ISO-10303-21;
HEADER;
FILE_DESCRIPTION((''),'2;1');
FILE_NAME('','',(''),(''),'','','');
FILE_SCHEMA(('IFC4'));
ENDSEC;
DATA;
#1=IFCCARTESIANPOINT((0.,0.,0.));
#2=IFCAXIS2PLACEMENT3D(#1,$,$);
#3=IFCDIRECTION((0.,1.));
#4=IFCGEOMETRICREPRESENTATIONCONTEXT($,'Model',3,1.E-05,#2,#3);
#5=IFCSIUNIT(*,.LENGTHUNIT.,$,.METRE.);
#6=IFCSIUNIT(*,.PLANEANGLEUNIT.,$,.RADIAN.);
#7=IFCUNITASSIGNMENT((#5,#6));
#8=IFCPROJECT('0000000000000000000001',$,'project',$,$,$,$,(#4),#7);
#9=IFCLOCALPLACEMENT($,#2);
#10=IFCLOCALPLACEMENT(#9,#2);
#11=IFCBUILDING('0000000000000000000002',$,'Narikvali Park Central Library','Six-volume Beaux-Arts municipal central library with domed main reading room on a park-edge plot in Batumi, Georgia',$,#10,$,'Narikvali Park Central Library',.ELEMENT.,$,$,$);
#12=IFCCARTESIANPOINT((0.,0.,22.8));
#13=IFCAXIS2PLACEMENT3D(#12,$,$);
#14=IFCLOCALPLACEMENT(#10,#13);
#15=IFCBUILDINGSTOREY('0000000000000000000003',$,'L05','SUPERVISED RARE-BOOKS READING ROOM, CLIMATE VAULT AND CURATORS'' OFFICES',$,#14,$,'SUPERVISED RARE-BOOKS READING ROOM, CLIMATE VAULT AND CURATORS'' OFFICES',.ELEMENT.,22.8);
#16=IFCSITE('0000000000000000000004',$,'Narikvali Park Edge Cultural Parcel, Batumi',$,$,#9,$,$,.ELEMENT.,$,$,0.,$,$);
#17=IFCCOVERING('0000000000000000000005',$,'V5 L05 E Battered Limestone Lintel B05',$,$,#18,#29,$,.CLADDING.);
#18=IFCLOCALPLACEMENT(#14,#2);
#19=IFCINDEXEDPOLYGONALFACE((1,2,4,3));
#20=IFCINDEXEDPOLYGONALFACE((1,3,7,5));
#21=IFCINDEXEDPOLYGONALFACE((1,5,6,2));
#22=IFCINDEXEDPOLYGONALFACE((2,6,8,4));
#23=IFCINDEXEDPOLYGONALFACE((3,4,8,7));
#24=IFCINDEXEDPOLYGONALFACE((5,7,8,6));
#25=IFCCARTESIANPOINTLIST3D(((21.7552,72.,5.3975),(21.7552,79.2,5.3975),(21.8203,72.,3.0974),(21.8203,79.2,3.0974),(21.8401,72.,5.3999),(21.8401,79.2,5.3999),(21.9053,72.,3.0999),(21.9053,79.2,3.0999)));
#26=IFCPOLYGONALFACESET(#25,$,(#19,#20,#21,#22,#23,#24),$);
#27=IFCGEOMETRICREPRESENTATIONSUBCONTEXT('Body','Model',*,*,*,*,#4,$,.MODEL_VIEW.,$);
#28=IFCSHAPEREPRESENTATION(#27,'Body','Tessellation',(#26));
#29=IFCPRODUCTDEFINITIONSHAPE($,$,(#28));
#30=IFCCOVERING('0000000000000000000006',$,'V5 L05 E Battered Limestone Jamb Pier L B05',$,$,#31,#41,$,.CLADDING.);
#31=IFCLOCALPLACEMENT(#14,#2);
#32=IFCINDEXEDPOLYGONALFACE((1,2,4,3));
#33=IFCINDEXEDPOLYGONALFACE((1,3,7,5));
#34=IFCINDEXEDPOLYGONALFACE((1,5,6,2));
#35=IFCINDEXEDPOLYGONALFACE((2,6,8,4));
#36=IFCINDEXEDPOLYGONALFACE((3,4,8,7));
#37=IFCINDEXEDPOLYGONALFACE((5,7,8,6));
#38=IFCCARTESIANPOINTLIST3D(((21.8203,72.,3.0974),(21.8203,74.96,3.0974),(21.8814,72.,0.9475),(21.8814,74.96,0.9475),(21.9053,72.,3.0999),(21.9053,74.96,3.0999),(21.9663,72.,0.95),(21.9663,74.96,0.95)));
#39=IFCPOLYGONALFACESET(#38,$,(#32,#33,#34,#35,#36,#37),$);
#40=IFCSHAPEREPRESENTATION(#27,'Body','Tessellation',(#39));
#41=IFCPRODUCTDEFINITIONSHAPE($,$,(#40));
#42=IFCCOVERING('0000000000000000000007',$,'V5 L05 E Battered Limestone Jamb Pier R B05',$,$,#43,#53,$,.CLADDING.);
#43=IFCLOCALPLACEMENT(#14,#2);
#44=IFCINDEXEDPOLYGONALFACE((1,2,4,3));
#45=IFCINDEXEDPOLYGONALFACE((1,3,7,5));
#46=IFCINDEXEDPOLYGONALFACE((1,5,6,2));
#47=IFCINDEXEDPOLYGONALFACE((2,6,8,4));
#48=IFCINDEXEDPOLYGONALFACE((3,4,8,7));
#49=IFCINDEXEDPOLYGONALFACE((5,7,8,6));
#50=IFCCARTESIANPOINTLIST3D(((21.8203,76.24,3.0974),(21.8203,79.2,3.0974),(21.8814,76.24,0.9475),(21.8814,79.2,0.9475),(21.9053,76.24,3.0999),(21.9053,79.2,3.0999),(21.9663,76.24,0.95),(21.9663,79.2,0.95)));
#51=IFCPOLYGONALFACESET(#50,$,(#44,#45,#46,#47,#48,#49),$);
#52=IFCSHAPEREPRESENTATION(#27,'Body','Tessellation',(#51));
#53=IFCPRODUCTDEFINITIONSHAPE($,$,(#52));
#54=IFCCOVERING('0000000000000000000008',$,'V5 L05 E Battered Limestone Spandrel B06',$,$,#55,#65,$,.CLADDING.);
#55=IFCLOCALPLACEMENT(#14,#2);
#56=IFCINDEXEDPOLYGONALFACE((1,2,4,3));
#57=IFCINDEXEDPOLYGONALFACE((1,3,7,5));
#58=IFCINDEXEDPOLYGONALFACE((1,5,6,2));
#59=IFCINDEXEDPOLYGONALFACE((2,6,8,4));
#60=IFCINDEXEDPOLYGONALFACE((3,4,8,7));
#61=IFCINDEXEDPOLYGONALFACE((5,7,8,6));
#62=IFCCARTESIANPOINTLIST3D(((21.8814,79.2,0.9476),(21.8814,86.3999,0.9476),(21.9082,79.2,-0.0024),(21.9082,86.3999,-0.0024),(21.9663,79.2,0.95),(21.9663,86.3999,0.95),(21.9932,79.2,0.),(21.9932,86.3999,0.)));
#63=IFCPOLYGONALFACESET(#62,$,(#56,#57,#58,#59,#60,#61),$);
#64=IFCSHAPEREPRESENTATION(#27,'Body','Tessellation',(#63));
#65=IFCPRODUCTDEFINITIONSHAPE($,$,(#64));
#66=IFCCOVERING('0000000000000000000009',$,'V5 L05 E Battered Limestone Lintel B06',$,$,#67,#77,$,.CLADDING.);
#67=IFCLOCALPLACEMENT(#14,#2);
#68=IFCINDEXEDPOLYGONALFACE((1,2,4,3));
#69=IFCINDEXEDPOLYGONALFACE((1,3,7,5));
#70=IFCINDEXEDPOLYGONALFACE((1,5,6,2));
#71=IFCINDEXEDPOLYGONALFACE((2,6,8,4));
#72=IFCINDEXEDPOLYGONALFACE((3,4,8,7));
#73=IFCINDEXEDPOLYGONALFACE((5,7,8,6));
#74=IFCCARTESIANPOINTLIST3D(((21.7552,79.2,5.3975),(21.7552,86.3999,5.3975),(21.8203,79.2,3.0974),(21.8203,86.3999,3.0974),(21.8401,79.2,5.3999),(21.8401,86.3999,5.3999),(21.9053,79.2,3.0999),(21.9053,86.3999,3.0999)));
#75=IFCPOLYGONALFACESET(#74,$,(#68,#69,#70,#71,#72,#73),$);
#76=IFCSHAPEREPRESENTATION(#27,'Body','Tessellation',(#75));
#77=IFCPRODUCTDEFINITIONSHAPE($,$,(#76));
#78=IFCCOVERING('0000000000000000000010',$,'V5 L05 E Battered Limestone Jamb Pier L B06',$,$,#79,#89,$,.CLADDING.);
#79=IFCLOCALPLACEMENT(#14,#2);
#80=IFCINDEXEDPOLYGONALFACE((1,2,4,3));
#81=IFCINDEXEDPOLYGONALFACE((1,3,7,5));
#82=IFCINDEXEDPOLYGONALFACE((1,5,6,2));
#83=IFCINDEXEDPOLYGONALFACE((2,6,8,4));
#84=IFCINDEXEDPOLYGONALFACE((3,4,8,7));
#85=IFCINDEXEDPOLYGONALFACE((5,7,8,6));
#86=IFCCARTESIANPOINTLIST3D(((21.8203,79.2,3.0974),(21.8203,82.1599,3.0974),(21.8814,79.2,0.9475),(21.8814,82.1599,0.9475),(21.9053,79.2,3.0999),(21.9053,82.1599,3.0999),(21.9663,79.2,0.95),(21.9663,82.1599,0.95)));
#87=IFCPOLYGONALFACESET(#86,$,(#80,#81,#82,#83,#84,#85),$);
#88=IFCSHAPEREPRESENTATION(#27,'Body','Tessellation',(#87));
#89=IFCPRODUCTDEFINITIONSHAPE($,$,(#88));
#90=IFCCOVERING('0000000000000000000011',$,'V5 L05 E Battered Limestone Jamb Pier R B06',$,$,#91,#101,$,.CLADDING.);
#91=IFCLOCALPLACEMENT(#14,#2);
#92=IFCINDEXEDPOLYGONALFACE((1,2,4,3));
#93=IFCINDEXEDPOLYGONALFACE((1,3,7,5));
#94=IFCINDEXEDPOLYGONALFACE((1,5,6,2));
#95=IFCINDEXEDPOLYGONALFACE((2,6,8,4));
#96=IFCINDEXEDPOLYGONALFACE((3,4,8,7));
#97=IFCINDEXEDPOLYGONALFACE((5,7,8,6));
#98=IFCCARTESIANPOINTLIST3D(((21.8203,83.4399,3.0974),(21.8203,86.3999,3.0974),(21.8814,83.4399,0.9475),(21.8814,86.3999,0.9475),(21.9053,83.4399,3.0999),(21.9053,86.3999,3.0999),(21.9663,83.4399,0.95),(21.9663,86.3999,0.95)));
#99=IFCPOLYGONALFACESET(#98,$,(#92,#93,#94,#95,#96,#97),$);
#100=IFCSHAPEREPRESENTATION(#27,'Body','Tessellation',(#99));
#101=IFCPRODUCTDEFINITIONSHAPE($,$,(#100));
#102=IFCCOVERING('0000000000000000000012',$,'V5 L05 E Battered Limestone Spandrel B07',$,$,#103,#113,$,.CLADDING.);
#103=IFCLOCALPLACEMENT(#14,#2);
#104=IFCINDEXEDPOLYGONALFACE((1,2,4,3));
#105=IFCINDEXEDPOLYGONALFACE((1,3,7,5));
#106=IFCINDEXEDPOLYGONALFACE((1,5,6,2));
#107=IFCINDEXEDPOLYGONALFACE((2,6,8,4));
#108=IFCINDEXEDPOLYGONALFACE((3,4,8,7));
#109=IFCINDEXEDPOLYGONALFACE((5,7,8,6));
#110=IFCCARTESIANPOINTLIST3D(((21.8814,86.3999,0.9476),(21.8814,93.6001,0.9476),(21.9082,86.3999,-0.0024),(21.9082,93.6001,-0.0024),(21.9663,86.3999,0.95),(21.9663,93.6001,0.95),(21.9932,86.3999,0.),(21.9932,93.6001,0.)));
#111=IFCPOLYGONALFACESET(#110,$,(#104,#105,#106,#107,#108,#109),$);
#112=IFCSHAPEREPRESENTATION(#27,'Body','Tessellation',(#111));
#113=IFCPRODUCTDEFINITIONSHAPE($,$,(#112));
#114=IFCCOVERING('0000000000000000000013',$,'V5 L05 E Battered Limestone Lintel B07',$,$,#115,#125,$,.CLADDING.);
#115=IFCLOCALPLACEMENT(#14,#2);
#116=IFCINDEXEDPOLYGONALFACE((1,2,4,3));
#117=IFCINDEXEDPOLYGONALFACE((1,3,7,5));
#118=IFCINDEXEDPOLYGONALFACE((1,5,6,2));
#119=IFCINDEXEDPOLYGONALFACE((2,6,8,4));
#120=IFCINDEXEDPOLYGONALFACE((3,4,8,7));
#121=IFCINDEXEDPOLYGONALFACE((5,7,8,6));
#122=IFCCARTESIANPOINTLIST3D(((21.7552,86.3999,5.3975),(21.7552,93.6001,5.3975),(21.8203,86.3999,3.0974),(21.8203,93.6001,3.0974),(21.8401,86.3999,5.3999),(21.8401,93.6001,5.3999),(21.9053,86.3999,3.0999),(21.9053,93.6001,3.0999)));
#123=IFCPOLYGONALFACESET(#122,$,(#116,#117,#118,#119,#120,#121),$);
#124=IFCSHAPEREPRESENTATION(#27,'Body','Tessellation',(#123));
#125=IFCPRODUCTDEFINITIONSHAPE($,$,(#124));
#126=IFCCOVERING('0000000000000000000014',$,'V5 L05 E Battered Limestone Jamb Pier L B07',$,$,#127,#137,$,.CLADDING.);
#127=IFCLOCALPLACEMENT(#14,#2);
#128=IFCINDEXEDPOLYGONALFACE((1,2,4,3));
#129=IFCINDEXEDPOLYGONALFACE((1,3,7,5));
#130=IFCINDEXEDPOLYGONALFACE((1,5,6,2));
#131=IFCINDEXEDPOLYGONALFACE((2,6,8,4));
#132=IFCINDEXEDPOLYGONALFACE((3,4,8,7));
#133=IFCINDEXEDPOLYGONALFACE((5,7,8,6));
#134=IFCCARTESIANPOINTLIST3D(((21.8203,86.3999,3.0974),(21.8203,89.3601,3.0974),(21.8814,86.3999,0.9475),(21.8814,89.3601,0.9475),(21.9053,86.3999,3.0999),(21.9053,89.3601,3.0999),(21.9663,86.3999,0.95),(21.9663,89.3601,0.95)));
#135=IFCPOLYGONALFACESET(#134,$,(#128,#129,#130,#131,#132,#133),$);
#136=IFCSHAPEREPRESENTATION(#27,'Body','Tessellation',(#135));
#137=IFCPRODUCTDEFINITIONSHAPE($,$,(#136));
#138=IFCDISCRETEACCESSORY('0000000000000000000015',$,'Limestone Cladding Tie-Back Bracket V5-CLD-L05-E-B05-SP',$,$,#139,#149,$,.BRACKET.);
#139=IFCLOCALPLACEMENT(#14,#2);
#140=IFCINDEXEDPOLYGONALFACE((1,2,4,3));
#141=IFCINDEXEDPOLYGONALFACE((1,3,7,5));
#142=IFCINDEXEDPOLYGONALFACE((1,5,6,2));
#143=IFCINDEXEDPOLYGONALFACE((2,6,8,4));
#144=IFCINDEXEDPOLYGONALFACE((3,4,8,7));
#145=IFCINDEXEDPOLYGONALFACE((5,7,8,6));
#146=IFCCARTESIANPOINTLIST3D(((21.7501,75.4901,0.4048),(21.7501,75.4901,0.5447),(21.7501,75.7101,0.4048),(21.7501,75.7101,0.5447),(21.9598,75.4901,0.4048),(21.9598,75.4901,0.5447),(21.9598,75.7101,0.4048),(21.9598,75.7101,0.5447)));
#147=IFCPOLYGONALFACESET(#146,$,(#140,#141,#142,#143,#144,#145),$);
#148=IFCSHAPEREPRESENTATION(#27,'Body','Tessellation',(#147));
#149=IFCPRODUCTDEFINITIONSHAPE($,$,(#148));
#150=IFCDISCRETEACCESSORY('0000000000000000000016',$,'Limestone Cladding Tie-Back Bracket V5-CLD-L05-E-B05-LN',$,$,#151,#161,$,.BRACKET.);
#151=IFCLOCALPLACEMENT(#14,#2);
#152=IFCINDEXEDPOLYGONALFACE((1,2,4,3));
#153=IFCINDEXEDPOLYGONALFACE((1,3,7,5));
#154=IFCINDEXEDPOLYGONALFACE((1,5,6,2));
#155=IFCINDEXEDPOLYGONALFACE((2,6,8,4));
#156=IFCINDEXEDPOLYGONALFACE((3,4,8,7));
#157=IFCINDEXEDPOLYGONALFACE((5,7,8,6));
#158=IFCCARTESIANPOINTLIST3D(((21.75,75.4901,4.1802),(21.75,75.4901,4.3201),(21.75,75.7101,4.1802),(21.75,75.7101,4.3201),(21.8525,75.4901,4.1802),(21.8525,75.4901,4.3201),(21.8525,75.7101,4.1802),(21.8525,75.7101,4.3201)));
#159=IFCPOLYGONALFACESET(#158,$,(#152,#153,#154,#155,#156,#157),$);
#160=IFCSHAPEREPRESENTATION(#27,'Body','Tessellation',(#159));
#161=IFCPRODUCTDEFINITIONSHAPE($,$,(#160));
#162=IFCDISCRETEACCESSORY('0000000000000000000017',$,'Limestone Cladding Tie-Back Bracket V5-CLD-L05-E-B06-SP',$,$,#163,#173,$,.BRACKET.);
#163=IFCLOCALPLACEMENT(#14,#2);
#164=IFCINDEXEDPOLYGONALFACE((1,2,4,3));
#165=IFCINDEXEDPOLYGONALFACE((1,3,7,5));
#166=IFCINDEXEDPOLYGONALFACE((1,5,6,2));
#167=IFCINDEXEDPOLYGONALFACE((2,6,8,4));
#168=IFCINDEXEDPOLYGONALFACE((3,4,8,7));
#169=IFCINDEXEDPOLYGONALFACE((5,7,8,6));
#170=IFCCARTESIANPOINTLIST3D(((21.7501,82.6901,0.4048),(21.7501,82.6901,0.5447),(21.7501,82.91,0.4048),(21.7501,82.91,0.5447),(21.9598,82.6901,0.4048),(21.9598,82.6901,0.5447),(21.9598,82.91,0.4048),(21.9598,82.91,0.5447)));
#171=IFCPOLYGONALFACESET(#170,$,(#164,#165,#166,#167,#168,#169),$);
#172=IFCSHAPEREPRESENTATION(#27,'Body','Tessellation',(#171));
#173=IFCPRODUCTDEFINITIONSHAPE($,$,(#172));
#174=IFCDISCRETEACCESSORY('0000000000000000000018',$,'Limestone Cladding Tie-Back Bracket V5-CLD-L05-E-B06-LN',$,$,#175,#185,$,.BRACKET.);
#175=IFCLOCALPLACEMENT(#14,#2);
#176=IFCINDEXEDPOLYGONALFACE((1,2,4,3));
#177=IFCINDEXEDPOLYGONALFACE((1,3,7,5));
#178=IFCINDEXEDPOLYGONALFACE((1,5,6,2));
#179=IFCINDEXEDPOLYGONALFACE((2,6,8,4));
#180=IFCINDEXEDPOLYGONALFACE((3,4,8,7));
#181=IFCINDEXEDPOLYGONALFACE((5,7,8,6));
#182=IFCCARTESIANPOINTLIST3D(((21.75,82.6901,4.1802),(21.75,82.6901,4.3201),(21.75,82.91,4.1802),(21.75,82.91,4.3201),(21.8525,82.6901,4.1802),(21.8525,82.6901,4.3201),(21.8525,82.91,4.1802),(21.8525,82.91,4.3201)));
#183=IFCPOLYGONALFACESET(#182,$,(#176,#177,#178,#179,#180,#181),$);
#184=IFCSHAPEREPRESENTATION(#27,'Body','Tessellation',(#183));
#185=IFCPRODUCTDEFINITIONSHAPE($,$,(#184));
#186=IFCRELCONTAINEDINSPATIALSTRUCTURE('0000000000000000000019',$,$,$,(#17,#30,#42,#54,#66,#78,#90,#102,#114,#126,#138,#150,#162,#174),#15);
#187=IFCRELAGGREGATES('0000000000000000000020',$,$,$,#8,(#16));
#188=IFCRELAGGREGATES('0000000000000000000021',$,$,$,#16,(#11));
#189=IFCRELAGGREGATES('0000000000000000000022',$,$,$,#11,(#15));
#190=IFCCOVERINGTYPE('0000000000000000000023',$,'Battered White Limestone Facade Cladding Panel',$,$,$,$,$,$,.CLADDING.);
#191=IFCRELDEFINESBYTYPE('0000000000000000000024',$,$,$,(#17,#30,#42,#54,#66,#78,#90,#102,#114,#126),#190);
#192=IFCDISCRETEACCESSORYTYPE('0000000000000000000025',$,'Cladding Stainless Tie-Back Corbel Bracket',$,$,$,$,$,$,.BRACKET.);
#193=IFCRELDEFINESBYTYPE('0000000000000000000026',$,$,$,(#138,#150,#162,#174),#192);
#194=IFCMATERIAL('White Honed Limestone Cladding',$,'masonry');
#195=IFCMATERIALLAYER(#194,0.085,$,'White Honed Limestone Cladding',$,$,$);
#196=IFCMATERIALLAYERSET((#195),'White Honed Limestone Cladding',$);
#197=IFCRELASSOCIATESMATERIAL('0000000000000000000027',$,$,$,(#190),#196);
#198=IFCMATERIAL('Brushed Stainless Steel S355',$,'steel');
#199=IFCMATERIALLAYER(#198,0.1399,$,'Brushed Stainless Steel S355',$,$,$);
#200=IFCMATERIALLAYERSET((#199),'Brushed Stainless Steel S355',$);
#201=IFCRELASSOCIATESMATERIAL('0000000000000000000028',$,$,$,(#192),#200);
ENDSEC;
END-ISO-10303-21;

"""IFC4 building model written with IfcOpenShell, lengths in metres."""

from ifc_helpers import new_model, si_unit, direction, frame, origin, origin_2d, place, context, subcontext, project, spatial, polyline, rectangle, outline, extrude, material, layer, layer_set, type_object, element, save


model = new_model("IFC4")

# Units and contexts
model_context = context("Model", 3, precision=1e-05, world=origin(), true_north=direction((0.0, 1.0)))
body_context = subcontext(model_context, "Body", "Model", "MODEL_VIEW")
ifc_project = project(units=[si_unit("LENGTHUNIT", "METRE"), si_unit("PLANEANGLEUNIT", "RADIAN")], contexts=[model_context])

# Site, building, storey
site_placement = place(None, origin())
site = spatial("IfcSite", under=ifc_project, at=site_placement, Name="Narikvali Park Edge Cultural Parcel, Batumi", CompositionType="ELEMENT", RefElevation=0.0)
building_placement = place(site_placement, origin())
building = spatial("IfcBuilding", under=site, at=building_placement, Name="Narikvali Park Central Library", Description="Six-volume Beaux-Arts municipal central library with domed main reading room on a park-edge plot in Batumi, Georgia", LongName="Narikvali Park Central Library", CompositionType="ELEMENT")
storey_placement = place(building_placement, frame((0.0, 0.0, 22.8)))
storey = spatial("IfcBuildingStorey", under=building, at=storey_placement, Name="L05", Description="SUPERVISED RARE-BOOKS READING ROOM, CLIMATE VAULT AND CURATORS' OFFICES", LongName="SUPERVISED RARE-BOOKS READING ROOM, CLIMATE VAULT AND CURATORS' OFFICES", CompositionType="ELEMENT", Elevation=22.8)

# Coverings
ifc_material_1 = material(Name="White Honed Limestone Cladding", Category="masonry")
ifc_layer_1 = layer(ifc_material_1, 0.085, Name="White Honed Limestone Cladding")
ifc_layer_set_1 = layer_set([ifc_layer_1], Name="White Honed Limestone Cladding")
covering_type = type_object("IfcCoveringType", Name="Battered White Limestone Facade Cladding Panel", PredefinedType="CLADDING", material=ifc_layer_set_1)
covering_1_placement = place(storey_placement, frame((21.9053, 72.0, 3.0999), z_axis=(0.999599, 0.0, 0.02833), x_axis=(0.0, 1.0, 0.0)))
element("IfcCovering", 1, at=covering_1_placement, inside=storey, type_object=covering_type, Name="V5 L05 E Battered Limestone Lintel B05", PredefinedType="CLADDING", context=body_context, shape_type="SweptSolid", body=[
    extrude(outline(polyline([(0.0, 0.0), (7.2, 0.0), (7.2, 2.301), (0.0, 2.301), (0.0, 0.0)])), origin(), (0.0, 0.0, -1.0), 0.085),
])
for number, where, z_axis, x_axis, name in (
    (2, (21.9663, 72.0, 0.95), (0.999597, 0.0, 0.028378), (0.0, 1.0, 0.0), "V5 L05 E Battered Limestone Jamb Pier L B05"),
    (3, (21.9663, 76.24, 0.95), (0.999597, 0.0, 0.028378), (0.0, 1.0, 0.0), "V5 L05 E Battered Limestone Jamb Pier R B05"),
):
    element("IfcCovering", number, at=place(storey_placement, frame(where, z_axis=z_axis, x_axis=x_axis)), inside=storey, type_object=covering_type, Name=name, PredefinedType="CLADDING", context=body_context, shape_type="SweptSolid", body=[
        extrude(outline(polyline([(0.0, 0.0), (2.96, 0.0), (2.96, 2.1508), (0.0, 2.1508), (0.0, 0.0)])), origin(), (0.0, 0.0, -1.0), 0.085),
    ])
covering_2_placement = place(storey_placement, frame((21.9932, 79.2, 0.0), z_axis=(0.999601, 0.0, 0.028259), x_axis=(0.0, 1.0, 0.0)))
element("IfcCovering", 4, at=covering_2_placement, inside=storey, type_object=covering_type, Name="V5 L05 E Battered Limestone Spandrel B06", PredefinedType="CLADDING", context=body_context, shape_type="SweptSolid", body=[
    extrude(outline(polyline([(0.0, 0.0), (7.2, 0.0), (7.2, 0.9503), (0.0, 0.9503), (0.0, 0.0)])), origin(), (0.0, 0.0, -1.0), 0.085),
])
covering_3_placement = place(storey_placement, frame((21.9053, 79.2, 3.0999), z_axis=(0.999599, 0.0, 0.02833), x_axis=(0.0, 1.0, 0.0)))
element("IfcCovering", 5, at=covering_3_placement, inside=storey, type_object=covering_type, Name="V5 L05 E Battered Limestone Lintel B06", PredefinedType="CLADDING", context=body_context, shape_type="SweptSolid", body=[
    extrude(outline(polyline([(0.0, 0.0), (7.2, 0.0), (7.2, 2.301), (0.0, 2.301), (0.0, 0.0)])), origin(), (0.0, 0.0, -1.0), 0.085),
])
for number, where, z_axis, x_axis, name in (
    (6, (21.9663, 79.2, 0.95), (0.999597, 0.0, 0.028378), (0.0, 1.0, 0.0), "V5 L05 E Battered Limestone Jamb Pier L B06"),
    (7, (21.9663, 83.4399, 0.95), (0.999597, 0.0, 0.028378), (0.0, 1.0, 0.0), "V5 L05 E Battered Limestone Jamb Pier R B06"),
):
    element("IfcCovering", number, at=place(storey_placement, frame(where, z_axis=z_axis, x_axis=x_axis)), inside=storey, type_object=covering_type, Name=name, PredefinedType="CLADDING", context=body_context, shape_type="SweptSolid", body=[
        extrude(outline(polyline([(0.0, 0.0), (2.96, 0.0), (2.96, 2.1508), (0.0, 2.1508), (0.0, 0.0)])), origin(), (0.0, 0.0, -1.0), 0.085),
    ])
covering_4_placement = place(storey_placement, frame((21.9932, 86.3999, 0.0), z_axis=(0.999601, 0.0, 0.028259), x_axis=(0.0, 1.0, 0.0)))
element("IfcCovering", 8, at=covering_4_placement, inside=storey, type_object=covering_type, Name="V5 L05 E Battered Limestone Spandrel B07", PredefinedType="CLADDING", context=body_context, shape_type="SweptSolid", body=[
    extrude(outline(polyline([(0.0, 0.0), (7.2002, 0.0), (7.2002, 0.9503), (0.0, 0.9503), (0.0, 0.0)])), origin(), (0.0, 0.0, -1.0), 0.085),
])
covering_5_placement = place(storey_placement, frame((21.9053, 86.3999, 3.0999), z_axis=(0.999599, 0.0, 0.02833), x_axis=(0.0, 1.0, 0.0)))
element("IfcCovering", 9, at=covering_5_placement, inside=storey, type_object=covering_type, Name="V5 L05 E Battered Limestone Lintel B07", PredefinedType="CLADDING", context=body_context, shape_type="SweptSolid", body=[
    extrude(outline(polyline([(0.0, 0.0), (7.2002, 0.0), (7.2002, 2.301), (0.0, 2.301), (0.0, 0.0)])), origin(), (0.0, 0.0, -1.0), 0.085),
])
covering_6_placement = place(storey_placement, frame((21.9663, 86.3999, 0.95), z_axis=(0.999597, 0.0, 0.028378), x_axis=(0.0, 1.0, 0.0)))
element("IfcCovering", 10, at=covering_6_placement, inside=storey, type_object=covering_type, Name="V5 L05 E Battered Limestone Jamb Pier L B07", PredefinedType="CLADDING", context=body_context, shape_type="SweptSolid", body=[
    extrude(outline(polyline([(0.0, 0.0), (2.9602, 0.0), (2.9602, 2.1508), (0.0, 2.1508), (0.0, 0.0)])), origin(), (0.0, 0.0, -1.0), 0.085),
])

# Discrete accessories
ifc_material_2 = material(Name="Brushed Stainless Steel S355", Category="steel")
ifc_layer_2 = layer(ifc_material_2, 0.1399, Name="Brushed Stainless Steel S355")
ifc_layer_set_2 = layer_set([ifc_layer_2], Name="Brushed Stainless Steel S355")
discrete_accessory_type = type_object("IfcDiscreteAccessoryType", Name="Cladding Stainless Tie-Back Corbel Bracket", PredefinedType="BRACKET", material=ifc_layer_set_2)
discrete_accessory_1_placement = place(storey_placement, frame((21.855, 75.6001, 0.4048), z_axis=(0.0, 0.0, 1.0), x_axis=(1.0, 0.0, 0.0)))
element("IfcDiscreteAccessory", 11, at=discrete_accessory_1_placement, inside=storey, type_object=discrete_accessory_type, Name="Limestone Cladding Tie-Back Bracket V5-CLD-L05-E-B05-SP", PredefinedType="BRACKET", context=body_context, shape_type="SweptSolid", body=[
    extrude(rectangle(XDim=0.2097, YDim=0.22, at=origin_2d()), origin(), (0.0, 0.0, 1.0), 0.1399),
])
discrete_accessory_2_placement = place(storey_placement, frame((21.8013, 75.6001, 4.1802), z_axis=(0.0, 0.0, 1.0), x_axis=(1.0, 0.0, 0.0)))
element("IfcDiscreteAccessory", 12, at=discrete_accessory_2_placement, inside=storey, type_object=discrete_accessory_type, Name="Limestone Cladding Tie-Back Bracket V5-CLD-L05-E-B05-LN", PredefinedType="BRACKET", context=body_context, shape_type="SweptSolid", body=[
    extrude(rectangle(XDim=0.1025, YDim=0.22, at=origin_2d()), origin(), (0.0, 0.0, 1.0), 0.1399),
])
discrete_accessory_3_placement = place(storey_placement, frame((21.855, 82.8, 0.4048), z_axis=(0.0, 0.0, 1.0), x_axis=(1.0, 0.0, 0.0)))
element("IfcDiscreteAccessory", 13, at=discrete_accessory_3_placement, inside=storey, type_object=discrete_accessory_type, Name="Limestone Cladding Tie-Back Bracket V5-CLD-L05-E-B06-SP", PredefinedType="BRACKET", context=body_context, shape_type="SweptSolid", body=[
    extrude(rectangle(XDim=0.2097, YDim=0.22, at=origin_2d()), origin(), (0.0, 0.0, 1.0), 0.1399),
])
discrete_accessory_4_placement = place(storey_placement, frame((21.8013, 82.8, 4.1802), z_axis=(0.0, 0.0, 1.0), x_axis=(1.0, 0.0, 0.0)))
element("IfcDiscreteAccessory", 14, at=discrete_accessory_4_placement, inside=storey, type_object=discrete_accessory_type, Name="Limestone Cladding Tie-Back Bracket V5-CLD-L05-E-B06-LN", PredefinedType="BRACKET", context=body_context, shape_type="SweptSolid", body=[
    extrude(rectangle(XDim=0.1025, YDim=0.22, at=origin_2d()), origin(), (0.0, 0.0, 1.0), 0.1399),
])

save(model, "model.ifc")
